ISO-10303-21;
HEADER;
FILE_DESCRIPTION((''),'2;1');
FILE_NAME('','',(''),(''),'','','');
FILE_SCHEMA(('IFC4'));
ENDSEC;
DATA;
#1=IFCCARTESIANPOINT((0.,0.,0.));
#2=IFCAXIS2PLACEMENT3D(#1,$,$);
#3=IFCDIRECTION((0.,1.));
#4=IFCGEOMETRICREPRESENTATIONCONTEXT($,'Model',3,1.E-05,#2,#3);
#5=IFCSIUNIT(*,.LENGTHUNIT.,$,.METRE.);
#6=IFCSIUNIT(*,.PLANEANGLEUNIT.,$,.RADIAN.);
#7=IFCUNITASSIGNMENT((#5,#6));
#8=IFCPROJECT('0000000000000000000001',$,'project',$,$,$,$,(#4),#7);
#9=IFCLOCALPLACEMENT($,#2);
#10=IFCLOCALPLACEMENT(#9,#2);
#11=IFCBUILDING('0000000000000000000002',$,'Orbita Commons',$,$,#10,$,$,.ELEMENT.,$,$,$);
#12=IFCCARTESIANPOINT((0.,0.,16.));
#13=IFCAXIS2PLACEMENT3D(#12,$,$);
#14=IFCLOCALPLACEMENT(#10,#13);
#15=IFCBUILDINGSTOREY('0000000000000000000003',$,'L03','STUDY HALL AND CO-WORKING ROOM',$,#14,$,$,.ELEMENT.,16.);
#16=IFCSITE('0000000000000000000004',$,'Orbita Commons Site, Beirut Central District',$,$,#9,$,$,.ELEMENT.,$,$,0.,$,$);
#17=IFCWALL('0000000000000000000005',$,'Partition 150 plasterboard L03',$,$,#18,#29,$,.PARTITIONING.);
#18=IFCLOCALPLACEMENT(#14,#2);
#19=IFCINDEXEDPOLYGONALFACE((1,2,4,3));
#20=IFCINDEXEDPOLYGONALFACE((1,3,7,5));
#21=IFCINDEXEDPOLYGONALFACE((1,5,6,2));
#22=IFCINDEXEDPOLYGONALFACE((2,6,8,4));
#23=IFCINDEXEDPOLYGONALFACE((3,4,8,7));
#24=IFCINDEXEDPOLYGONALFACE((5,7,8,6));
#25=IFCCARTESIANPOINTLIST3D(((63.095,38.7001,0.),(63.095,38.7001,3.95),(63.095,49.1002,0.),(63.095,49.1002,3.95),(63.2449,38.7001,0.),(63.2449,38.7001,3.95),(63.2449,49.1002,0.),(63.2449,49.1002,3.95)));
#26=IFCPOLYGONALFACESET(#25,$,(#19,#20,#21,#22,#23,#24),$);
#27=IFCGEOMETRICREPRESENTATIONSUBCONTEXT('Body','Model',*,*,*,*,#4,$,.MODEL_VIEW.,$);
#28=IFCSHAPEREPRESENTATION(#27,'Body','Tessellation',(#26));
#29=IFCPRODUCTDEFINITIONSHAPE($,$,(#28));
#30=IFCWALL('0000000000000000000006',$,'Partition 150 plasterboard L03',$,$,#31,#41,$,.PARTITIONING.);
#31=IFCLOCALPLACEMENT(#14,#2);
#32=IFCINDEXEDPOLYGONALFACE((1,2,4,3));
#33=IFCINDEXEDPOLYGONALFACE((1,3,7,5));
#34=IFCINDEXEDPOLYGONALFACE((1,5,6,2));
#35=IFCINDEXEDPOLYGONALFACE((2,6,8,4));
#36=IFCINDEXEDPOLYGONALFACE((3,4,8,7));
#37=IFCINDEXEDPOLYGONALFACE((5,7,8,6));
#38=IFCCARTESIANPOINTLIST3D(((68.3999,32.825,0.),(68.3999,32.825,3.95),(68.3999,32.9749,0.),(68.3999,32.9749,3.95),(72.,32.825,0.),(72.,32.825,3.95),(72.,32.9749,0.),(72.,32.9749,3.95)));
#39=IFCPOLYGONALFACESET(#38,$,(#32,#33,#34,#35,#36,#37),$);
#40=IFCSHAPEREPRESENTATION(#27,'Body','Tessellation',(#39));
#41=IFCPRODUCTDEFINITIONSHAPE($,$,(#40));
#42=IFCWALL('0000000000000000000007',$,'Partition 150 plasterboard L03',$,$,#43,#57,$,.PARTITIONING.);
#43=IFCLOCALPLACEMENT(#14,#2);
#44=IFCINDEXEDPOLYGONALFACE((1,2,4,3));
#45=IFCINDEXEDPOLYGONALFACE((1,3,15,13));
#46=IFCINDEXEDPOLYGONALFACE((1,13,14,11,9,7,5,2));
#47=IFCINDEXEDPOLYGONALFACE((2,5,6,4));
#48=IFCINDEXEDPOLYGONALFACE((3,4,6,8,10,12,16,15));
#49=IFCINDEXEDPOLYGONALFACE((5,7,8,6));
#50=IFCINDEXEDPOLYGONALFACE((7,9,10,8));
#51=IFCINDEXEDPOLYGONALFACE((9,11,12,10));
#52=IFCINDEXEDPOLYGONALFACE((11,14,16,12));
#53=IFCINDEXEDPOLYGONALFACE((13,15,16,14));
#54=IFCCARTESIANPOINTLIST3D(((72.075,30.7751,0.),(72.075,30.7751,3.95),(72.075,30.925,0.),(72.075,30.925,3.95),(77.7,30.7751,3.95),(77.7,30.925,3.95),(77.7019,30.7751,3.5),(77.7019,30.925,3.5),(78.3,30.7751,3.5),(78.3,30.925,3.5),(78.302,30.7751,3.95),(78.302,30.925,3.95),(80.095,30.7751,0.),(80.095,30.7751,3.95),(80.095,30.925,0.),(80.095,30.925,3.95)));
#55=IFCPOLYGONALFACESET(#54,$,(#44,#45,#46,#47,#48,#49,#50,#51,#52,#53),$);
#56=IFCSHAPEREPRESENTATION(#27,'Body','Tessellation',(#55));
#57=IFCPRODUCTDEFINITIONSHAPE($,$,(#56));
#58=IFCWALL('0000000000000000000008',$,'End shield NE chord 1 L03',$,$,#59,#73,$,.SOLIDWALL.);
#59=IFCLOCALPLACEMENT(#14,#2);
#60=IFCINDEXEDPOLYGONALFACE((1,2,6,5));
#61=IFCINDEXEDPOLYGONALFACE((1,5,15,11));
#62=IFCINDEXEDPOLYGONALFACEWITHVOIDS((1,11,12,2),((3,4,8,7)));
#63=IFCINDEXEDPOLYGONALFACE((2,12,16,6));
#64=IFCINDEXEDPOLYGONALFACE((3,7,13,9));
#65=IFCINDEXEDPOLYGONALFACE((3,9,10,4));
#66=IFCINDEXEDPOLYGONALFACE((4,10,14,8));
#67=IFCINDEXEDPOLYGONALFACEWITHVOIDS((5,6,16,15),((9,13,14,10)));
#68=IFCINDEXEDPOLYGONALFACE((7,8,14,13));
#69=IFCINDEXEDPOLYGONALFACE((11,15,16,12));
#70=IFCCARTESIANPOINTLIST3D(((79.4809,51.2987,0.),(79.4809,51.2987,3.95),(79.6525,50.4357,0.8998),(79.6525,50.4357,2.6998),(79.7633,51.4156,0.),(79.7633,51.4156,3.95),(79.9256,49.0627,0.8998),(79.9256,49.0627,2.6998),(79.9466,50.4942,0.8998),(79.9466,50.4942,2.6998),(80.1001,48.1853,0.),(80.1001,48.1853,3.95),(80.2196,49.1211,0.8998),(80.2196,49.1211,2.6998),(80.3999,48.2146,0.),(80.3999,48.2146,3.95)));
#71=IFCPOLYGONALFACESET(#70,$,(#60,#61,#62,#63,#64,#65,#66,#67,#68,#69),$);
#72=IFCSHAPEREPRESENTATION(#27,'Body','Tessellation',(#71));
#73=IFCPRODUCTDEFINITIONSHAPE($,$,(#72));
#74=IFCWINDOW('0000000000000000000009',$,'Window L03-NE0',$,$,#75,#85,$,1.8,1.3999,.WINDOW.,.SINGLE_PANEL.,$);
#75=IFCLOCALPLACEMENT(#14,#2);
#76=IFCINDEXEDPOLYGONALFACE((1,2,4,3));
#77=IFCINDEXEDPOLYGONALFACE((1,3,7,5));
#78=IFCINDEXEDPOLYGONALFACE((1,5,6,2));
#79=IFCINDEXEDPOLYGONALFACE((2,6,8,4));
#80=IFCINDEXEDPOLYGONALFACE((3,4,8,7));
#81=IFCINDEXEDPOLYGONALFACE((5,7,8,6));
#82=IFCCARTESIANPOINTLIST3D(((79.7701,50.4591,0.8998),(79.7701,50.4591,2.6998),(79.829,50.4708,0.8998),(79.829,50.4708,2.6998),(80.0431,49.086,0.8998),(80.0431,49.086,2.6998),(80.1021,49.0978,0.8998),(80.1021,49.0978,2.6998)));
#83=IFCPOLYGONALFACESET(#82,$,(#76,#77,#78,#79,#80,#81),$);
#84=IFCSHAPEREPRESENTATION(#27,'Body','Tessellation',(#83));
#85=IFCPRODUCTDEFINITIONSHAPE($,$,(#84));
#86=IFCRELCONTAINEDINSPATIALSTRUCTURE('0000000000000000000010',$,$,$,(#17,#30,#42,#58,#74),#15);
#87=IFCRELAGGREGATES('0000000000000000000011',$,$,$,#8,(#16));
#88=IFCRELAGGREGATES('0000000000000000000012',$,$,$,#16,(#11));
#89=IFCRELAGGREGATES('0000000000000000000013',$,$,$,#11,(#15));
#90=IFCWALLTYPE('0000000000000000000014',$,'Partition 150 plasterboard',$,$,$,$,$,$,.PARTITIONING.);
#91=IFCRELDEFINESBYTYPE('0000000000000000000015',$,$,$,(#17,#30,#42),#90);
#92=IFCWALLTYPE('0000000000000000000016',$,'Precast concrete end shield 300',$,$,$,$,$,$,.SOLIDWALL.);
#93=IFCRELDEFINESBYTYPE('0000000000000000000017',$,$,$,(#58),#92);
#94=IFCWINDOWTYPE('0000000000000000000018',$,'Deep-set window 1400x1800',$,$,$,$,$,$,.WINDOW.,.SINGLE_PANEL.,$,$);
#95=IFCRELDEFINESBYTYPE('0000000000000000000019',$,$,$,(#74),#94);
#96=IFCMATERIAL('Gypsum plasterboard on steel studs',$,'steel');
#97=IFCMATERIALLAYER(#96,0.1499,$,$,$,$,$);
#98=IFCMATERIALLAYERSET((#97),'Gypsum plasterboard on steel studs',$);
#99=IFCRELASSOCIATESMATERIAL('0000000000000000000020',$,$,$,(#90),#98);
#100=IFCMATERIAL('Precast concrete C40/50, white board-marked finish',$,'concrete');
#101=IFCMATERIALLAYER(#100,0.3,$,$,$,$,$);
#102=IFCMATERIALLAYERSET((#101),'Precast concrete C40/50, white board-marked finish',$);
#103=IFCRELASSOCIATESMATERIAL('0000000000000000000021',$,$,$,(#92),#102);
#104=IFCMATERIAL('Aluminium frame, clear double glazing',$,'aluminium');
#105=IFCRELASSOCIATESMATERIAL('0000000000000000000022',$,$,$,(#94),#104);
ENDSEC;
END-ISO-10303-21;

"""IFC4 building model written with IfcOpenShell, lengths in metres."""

from ifc_helpers import new_model, si_unit, direction, frame, frame_2d, origin, place, context, subcontext, project, spatial, polyline, rectangle, outline, extrude, material, layer, layer_set, type_object, element, fill, save


model = new_model("IFC4")

# Units and contexts
model_context = context("Model", 3, precision=1e-05, world=origin(), true_north=direction((0.0, 1.0)))
body_context = subcontext(model_context, "Body", "Model", "MODEL_VIEW")
ifc_project = project(units=[si_unit("LENGTHUNIT", "METRE"), si_unit("PLANEANGLEUNIT", "RADIAN")], contexts=[model_context])

# Site, building, storey
site_placement = place(None, origin())
site = spatial("IfcSite", under=ifc_project, at=site_placement, Name="Orbita Commons Site, Beirut Central District", CompositionType="ELEMENT", RefElevation=0.0)
building_placement = place(site_placement, origin())
building = spatial("IfcBuilding", under=site, at=building_placement, Name="Orbita Commons", CompositionType="ELEMENT")
storey_placement = place(building_placement, frame((0.0, 0.0, 16.0)))
storey = spatial("IfcBuildingStorey", under=building, at=storey_placement, Name="L03", Description="STUDY HALL AND CO-WORKING ROOM", CompositionType="ELEMENT", Elevation=16.0)

# Walls
ifc_material_1 = material(Name="Gypsum plasterboard on steel studs", Category="steel")
ifc_layer_1 = layer(ifc_material_1, 0.1499)
ifc_layer_set_1 = layer_set([ifc_layer_1], Name="Gypsum plasterboard on steel studs")
wall_type_1 = type_object("IfcWallType", Name="Partition 150 plasterboard", PredefinedType="PARTITIONING", material=ifc_layer_set_1)
wall_1_placement = place(storey_placement, frame((63.1699, 38.7, 0.0), z_axis=(0.0, 0.0, 1.0), x_axis=(0.0, 1.0, 0.0)))
element("IfcWall", 1, at=wall_1_placement, inside=storey, type_object=wall_type_1, Name="Partition 150 plasterboard L03", PredefinedType="PARTITIONING", context=body_context, shape_type="SweptSolid", body=[
    extrude(rectangle(XDim=10.4001, YDim=0.1499, at=frame_2d((5.2002, 0.0))), origin(), (0.0, 0.0, 1.0), 3.95),
])
wall_2_placement = place(storey_placement, frame((68.3999, 32.8999, 0.0), z_axis=(0.0, 0.0, 1.0), x_axis=(1.0, 0.0, 0.0)))
element("IfcWall", 2, at=wall_2_placement, inside=storey, type_object=wall_type_1, Name="Partition 150 plasterboard L03", PredefinedType="PARTITIONING", context=body_context, shape_type="SweptSolid", body=[
    extrude(rectangle(XDim=3.6001, YDim=0.1499, at=frame_2d((1.8, 0.0))), origin(), (0.0, 0.0, 1.0), 3.95),
])
wall_3_placement = place(storey_placement, frame((72.075, 30.8501, 0.0), z_axis=(0.0, 0.0, 1.0), x_axis=(1.0, 0.0, 0.0)))
element("IfcWall", 3, at=wall_3_placement, inside=storey, type_object=wall_type_1, Name="Partition 150 plasterboard L03", PredefinedType="PARTITIONING", context=body_context, shape_type="SweptSolid", body=[
    extrude(outline(polyline([(0.0, 0.0), (8.02, 0.0), (8.02, 3.95), (6.2271, 3.95), (6.2251, 3.5), (5.627, 3.5), (5.625, 3.95), (0.0, 3.95), (0.0, 0.0)])), frame((0.0, 0.075, 0.0), z_axis=(0.0, -1.0, 0.0), x_axis=(1.0, 0.0, 0.0)), (0.0, 0.0, 1.0), 0.1499),
])

# Wall, opening, window
ifc_material_2 = material(Name="Precast concrete C40/50, white board-marked finish", Category="concrete")
ifc_layer_2 = layer(ifc_material_2, 0.3)
ifc_layer_set_2 = layer_set([ifc_layer_2], Name="Precast concrete C40/50, white board-marked finish")
wall_type_2 = type_object("IfcWallType", Name="Precast concrete end shield 300", PredefinedType="SOLIDWALL", material=ifc_layer_set_2)
wall_4_placement = place(storey_placement, frame((80.25, 48.2, 0.0), z_axis=(0.0, 0.0, 1.0), x_axis=(-0.195066, 0.98079, 0.0)))
wall_4 = element("IfcWall", 4, at=wall_4_placement, inside=storey, type_object=wall_type_2, Name="End shield NE chord 1 L03", PredefinedType="SOLIDWALL", context=body_context, shape_type="SweptSolid", body=[
    extrude(outline(polyline([(-0.0149, -0.1499), (3.2488, -0.1499), (3.1892, 0.1499), (0.0149, 0.1499), (-0.0149, -0.1499)])), origin(), (0.0, 0.0, 1.0), 3.95),
])
opening_1_placement = place(wall_4_placement, frame((0.9094, 0.0, 0.8999)))
opening_1 = element("IfcOpeningElement", 5, at=opening_1_placement, cuts=wall_4, PredefinedType="OPENING", context=body_context, shape_type="SweptSolid", body=[
    extrude(rectangle(XDim=1.3999, YDim=1.8, at=frame_2d((0.7, 0.8999))), frame((0.0, 0.1599, 0.0), z_axis=(0.0, -1.0, 0.0), x_axis=(1.0, 0.0, 0.0)), (0.0, 0.0, 1.0), 0.3201),
])
ifc_material_3 = material(Name="Aluminium frame, clear double glazing", Category="aluminium")
window_type = type_object("IfcWindowType", Name="Deep-set window 1400x1800", PartitioningType="SINGLE_PANEL", PredefinedType="WINDOW", material=ifc_material_3)
window_placement = place(opening_1_placement, origin())
window = element("IfcWindow", 6, at=window_placement, inside=storey, type_object=window_type, Name="Window L03-NE0", OverallHeight=1.8, OverallWidth=1.3999, PartitioningType="SINGLE_PANEL", PredefinedType="WINDOW", context=body_context, shape_type="SweptSolid", body=[
    extrude(rectangle(XDim=1.3999, YDim=1.8, at=frame_2d((0.7, 0.8999))), frame((0.0, 0.03, 0.0), z_axis=(0.0, -1.0, 0.0), x_axis=(1.0, 0.0, 0.0)), (0.0, 0.0, 1.0), 0.0601),
])
fill(opening_1, window)

save(model, "model.ifc")
